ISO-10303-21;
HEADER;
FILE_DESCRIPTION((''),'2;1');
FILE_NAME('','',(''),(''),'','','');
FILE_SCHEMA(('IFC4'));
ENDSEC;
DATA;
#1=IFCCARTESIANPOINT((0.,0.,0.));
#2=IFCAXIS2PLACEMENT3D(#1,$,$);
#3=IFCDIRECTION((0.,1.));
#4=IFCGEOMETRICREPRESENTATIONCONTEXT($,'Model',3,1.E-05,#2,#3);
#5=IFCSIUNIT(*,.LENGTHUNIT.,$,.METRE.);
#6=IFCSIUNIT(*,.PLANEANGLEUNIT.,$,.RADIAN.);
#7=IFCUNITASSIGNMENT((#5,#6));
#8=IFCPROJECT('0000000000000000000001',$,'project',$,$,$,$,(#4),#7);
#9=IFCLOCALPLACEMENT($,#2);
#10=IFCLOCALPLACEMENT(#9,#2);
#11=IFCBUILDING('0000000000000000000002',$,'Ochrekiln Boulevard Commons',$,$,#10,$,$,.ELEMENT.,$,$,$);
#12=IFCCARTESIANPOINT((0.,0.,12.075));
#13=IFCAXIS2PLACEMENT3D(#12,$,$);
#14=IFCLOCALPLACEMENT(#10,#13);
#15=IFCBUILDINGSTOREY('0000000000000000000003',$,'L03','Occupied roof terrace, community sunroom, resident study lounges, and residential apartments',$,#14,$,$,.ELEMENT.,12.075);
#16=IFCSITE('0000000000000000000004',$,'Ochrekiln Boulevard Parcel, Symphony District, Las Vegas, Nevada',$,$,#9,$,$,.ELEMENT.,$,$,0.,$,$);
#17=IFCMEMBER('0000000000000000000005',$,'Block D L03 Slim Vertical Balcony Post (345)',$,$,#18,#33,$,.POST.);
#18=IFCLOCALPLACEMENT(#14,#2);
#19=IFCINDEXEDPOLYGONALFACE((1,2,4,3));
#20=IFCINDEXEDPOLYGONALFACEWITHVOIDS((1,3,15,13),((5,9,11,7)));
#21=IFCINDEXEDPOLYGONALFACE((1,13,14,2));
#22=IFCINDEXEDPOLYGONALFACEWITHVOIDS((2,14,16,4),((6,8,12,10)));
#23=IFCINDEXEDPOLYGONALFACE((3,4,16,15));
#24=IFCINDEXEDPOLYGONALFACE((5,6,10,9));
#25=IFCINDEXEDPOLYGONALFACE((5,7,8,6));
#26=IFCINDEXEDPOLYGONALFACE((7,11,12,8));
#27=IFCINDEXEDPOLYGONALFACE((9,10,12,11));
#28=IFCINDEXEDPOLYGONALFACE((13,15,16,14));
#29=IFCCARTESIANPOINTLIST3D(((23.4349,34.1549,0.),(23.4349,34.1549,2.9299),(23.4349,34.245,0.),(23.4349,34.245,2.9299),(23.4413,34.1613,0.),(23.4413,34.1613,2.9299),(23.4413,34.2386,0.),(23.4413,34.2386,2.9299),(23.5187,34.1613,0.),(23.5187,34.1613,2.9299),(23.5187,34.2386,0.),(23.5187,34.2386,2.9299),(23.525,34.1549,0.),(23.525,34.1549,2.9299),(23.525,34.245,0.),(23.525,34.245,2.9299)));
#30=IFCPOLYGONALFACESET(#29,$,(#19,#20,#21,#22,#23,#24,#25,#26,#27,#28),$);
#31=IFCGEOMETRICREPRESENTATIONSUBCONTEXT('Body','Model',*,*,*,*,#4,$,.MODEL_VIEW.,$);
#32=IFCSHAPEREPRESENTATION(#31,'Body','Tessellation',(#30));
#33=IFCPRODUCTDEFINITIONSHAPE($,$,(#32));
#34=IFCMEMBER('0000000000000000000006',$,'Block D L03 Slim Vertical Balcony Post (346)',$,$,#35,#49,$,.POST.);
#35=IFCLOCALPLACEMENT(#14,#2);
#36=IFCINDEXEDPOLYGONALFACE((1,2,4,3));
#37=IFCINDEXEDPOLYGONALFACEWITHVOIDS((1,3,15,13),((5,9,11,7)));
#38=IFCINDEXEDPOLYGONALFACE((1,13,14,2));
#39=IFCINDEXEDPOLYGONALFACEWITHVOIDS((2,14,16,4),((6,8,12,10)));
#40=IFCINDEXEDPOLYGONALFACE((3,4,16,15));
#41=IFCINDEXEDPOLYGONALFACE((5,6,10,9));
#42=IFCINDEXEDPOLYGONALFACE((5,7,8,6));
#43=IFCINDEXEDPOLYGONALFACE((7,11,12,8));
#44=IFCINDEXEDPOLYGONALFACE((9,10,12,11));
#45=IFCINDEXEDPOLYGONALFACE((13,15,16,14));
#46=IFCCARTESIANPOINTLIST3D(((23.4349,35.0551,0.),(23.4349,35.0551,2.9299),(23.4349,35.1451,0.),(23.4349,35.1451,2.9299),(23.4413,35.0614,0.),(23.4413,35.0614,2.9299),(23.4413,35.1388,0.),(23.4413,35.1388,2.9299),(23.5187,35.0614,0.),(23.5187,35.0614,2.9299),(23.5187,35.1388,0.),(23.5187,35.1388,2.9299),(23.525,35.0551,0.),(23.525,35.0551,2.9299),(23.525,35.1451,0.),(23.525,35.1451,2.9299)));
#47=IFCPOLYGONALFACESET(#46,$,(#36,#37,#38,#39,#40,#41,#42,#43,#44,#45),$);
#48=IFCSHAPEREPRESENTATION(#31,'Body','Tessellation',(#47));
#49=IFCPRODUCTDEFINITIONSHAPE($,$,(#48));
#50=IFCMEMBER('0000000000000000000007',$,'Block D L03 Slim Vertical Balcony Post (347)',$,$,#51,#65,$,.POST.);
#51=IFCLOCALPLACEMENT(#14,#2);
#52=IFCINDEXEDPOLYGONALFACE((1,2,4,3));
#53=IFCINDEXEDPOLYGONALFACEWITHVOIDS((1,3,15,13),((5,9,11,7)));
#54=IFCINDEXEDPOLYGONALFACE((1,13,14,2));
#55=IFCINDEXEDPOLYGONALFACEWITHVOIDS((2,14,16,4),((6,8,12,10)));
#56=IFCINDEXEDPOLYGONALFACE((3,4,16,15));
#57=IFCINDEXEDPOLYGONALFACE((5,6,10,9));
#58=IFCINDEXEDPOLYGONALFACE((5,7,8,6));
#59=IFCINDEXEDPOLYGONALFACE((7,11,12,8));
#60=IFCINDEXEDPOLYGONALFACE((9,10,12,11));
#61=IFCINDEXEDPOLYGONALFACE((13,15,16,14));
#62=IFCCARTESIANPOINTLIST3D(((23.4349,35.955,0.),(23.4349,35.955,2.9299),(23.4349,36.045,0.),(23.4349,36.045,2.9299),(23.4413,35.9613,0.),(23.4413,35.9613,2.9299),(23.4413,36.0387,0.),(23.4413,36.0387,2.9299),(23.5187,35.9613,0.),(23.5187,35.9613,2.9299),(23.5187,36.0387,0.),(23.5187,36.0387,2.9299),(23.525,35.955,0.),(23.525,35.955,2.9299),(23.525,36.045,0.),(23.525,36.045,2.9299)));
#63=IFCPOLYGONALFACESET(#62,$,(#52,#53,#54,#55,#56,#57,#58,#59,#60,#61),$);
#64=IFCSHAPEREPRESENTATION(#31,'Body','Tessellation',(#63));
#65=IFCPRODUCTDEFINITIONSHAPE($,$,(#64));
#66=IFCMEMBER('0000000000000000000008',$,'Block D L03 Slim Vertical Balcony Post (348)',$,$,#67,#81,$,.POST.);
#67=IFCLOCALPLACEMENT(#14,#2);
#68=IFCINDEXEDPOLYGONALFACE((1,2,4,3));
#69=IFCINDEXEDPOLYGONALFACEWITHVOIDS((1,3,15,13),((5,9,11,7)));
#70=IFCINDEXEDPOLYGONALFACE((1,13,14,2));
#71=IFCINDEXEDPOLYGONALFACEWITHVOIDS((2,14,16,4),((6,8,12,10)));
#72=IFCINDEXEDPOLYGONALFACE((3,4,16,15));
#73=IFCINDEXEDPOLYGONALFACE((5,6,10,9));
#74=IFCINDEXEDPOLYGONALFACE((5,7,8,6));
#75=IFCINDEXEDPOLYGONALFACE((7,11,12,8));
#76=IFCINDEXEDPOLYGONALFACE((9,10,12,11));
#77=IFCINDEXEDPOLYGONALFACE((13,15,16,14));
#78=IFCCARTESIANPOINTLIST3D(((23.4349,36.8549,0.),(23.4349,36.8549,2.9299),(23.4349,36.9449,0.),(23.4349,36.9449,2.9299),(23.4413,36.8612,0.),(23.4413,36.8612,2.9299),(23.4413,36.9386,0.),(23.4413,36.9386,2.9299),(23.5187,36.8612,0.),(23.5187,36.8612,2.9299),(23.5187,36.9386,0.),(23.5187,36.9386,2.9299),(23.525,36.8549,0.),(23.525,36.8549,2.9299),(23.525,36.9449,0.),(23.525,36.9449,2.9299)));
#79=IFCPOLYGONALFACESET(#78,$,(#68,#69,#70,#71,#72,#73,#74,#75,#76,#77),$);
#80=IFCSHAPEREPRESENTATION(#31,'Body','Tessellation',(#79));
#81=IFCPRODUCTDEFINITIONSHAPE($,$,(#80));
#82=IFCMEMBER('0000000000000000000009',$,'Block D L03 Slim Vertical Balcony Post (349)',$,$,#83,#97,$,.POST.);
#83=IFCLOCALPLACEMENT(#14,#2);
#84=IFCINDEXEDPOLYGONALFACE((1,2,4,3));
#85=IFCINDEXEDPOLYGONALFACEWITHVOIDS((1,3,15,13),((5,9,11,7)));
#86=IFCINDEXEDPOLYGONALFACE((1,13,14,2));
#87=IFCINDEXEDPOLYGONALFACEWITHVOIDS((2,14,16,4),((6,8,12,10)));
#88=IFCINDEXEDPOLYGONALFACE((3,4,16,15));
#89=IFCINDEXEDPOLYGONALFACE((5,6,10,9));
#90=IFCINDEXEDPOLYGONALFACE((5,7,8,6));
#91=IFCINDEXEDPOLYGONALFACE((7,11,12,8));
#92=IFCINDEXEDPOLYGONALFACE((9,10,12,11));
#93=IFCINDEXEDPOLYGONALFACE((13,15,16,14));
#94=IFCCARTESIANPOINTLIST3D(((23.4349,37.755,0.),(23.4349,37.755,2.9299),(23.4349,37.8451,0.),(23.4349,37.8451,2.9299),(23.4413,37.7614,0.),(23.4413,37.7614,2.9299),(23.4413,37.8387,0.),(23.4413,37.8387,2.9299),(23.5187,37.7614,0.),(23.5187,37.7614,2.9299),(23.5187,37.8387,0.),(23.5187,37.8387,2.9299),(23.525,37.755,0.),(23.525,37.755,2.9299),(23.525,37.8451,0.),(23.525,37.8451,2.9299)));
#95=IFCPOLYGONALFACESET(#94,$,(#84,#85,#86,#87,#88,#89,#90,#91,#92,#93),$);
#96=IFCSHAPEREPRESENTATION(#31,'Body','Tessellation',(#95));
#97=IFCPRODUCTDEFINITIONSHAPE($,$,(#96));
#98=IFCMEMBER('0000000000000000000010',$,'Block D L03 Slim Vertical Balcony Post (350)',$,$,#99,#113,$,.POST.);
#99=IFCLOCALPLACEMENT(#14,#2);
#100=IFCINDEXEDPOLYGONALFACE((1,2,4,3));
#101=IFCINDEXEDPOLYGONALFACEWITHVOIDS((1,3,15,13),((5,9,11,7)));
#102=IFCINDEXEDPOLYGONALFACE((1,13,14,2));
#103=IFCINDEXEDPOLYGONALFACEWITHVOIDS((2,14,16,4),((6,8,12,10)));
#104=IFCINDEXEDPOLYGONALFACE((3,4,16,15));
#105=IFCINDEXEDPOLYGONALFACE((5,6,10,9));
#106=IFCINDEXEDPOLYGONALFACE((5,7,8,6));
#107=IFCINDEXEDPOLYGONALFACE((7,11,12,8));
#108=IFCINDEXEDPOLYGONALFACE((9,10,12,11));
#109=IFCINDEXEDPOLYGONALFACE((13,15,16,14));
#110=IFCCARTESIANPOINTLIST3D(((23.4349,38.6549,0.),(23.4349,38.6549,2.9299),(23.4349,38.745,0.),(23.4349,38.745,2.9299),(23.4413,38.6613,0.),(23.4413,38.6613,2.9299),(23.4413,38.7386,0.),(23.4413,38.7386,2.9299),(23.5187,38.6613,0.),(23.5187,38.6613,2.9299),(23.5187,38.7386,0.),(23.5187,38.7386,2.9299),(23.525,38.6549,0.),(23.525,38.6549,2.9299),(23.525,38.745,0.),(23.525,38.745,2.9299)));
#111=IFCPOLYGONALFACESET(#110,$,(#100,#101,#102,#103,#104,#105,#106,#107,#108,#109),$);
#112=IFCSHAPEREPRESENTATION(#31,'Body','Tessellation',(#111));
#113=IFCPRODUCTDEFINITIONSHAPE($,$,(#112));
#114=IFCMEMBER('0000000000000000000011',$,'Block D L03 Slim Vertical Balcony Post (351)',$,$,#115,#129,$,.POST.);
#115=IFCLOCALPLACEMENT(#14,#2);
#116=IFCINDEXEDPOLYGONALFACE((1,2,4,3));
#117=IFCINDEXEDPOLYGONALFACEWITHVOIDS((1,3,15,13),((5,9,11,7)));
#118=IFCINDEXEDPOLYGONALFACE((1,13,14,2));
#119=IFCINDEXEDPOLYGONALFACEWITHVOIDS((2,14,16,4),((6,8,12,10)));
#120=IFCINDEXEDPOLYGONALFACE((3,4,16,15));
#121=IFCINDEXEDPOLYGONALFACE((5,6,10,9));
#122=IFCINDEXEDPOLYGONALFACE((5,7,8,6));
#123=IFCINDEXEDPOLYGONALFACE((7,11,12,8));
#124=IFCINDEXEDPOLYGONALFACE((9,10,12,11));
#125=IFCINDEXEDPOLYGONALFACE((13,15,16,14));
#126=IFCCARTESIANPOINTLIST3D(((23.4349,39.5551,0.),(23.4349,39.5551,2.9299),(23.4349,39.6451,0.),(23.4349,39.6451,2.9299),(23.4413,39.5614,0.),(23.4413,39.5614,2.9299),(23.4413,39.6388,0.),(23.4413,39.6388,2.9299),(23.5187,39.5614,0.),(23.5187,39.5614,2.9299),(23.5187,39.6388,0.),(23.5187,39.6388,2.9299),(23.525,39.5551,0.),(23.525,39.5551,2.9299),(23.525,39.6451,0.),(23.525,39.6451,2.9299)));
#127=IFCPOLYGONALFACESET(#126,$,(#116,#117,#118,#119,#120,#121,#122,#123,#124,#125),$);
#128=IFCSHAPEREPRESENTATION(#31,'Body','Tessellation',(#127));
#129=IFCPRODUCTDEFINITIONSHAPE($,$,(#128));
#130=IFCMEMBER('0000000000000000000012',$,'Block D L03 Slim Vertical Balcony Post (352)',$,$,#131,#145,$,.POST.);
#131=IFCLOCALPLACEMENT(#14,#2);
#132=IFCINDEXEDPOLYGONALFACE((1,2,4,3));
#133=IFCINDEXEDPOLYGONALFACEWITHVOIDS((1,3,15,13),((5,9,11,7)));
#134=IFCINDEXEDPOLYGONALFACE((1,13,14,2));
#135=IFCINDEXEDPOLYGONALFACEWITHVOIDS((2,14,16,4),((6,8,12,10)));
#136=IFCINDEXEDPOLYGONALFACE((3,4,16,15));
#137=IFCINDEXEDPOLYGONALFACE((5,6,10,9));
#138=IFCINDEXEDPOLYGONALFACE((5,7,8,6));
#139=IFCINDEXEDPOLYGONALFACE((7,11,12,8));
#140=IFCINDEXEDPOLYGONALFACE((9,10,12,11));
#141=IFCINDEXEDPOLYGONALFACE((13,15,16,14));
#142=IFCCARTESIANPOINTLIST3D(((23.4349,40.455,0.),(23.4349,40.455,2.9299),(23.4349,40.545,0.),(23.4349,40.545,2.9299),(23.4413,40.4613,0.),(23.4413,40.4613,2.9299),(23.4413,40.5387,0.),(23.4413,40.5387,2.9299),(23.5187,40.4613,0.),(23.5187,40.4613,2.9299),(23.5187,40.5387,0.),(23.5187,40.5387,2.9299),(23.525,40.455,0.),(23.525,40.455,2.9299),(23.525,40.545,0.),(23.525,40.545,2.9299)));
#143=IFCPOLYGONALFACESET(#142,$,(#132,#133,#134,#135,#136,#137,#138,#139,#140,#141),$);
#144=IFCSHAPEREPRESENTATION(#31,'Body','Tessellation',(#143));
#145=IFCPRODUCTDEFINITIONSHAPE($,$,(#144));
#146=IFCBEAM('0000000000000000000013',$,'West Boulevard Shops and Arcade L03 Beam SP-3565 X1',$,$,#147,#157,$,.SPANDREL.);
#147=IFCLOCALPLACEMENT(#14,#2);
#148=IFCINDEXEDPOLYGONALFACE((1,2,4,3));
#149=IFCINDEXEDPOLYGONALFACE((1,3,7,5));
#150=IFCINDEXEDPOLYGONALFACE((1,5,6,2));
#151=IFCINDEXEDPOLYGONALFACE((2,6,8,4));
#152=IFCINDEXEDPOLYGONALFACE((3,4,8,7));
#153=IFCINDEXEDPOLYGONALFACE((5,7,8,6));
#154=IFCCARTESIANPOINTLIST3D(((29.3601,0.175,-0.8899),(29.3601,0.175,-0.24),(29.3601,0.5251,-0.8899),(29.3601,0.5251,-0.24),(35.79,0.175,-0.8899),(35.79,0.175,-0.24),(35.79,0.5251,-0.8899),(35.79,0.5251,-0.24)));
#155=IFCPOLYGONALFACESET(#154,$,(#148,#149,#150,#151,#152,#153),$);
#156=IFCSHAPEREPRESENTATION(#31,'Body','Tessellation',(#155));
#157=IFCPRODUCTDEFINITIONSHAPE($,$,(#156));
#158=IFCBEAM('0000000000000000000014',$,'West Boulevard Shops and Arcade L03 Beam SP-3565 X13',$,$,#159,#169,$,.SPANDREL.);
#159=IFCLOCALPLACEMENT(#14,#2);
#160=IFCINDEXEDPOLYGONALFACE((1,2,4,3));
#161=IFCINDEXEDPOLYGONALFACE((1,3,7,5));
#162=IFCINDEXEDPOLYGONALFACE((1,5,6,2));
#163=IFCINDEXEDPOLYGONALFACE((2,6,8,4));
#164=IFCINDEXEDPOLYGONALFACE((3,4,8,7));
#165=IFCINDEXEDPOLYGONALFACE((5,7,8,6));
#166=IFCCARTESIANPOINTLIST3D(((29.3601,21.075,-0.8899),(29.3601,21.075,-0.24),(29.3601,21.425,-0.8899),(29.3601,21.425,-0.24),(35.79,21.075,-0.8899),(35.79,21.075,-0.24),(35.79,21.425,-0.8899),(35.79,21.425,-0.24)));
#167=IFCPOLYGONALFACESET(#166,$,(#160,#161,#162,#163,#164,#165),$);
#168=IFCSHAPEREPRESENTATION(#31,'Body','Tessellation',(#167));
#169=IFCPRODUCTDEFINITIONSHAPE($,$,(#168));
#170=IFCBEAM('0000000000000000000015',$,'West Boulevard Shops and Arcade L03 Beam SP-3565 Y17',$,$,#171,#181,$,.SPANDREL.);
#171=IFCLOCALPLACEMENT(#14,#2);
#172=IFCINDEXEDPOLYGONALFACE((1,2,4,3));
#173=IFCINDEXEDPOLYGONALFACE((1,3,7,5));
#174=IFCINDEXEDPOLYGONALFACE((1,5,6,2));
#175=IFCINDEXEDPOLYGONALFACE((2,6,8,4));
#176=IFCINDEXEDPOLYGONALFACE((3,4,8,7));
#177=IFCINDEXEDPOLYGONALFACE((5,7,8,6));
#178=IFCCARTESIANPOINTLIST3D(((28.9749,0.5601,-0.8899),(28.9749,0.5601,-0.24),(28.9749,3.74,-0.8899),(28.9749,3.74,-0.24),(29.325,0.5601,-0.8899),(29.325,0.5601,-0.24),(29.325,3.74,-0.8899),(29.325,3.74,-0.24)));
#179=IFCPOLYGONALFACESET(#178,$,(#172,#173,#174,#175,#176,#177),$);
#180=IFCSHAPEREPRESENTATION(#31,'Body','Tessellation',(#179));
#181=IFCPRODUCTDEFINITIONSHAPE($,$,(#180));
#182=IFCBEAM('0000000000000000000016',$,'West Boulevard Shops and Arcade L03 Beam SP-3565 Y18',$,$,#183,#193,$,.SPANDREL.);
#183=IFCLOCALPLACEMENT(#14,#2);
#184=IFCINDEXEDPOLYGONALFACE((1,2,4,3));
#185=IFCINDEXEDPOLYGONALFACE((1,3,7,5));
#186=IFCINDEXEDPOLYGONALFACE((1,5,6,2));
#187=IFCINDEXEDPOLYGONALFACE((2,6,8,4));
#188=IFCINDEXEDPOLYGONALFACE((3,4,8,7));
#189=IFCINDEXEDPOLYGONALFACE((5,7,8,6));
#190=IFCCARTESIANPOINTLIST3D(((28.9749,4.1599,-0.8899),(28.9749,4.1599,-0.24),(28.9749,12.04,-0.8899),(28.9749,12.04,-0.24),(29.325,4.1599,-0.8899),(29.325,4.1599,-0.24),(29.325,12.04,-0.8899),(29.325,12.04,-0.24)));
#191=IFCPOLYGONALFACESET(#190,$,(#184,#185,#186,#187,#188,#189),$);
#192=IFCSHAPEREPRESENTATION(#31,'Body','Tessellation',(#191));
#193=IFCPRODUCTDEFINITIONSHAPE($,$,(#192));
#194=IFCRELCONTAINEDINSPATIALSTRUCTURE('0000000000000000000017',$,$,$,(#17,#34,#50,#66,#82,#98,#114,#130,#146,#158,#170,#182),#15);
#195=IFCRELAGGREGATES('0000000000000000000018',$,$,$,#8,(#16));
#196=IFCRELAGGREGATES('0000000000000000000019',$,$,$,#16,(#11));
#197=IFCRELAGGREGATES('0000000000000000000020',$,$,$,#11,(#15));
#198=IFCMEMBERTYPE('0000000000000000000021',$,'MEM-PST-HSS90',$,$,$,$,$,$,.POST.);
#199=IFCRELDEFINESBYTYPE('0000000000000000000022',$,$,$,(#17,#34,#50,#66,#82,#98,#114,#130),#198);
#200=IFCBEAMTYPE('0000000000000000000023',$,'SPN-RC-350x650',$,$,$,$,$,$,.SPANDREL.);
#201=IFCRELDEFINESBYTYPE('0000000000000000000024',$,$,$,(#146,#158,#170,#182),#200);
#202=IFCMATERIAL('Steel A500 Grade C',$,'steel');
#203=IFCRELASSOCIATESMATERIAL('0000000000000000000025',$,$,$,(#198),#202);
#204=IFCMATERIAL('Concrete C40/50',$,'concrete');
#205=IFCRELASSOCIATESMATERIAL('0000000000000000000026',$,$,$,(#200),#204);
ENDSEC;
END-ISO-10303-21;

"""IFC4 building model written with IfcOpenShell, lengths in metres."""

from ifc_helpers import new_model, si_unit, direction, frame, origin, origin_2d, place, context, subcontext, project, spatial, rectangle, hollow_rectangle, extrude, material, material_profile, profile_set, type_object, element, save


model = new_model("IFC4")

# Units and contexts
model_context = context("Model", 3, precision=1e-05, world=origin(), true_north=direction((0.0, 1.0)))
body_context = subcontext(model_context, "Body", "Model", "MODEL_VIEW")
ifc_project = project(units=[si_unit("LENGTHUNIT", "METRE"), si_unit("PLANEANGLEUNIT", "RADIAN")], contexts=[model_context])

# Site, building, storey
site_placement = place(None, origin())
site = spatial("IfcSite", under=ifc_project, at=site_placement, Name="Ochrekiln Boulevard Parcel, Symphony District, Las Vegas, Nevada", CompositionType="ELEMENT", RefElevation=0.0)
building_placement = place(site_placement, origin())
building = spatial("IfcBuilding", under=site, at=building_placement, Name="Ochrekiln Boulevard Commons", CompositionType="ELEMENT")
storey_placement = place(building_placement, frame((0.0, 0.0, 12.075)))
storey = spatial("IfcBuildingStorey", under=building, at=storey_placement, Name="L03", Description="Occupied roof terrace, community sunroom, resident study lounges, and residential apartments", CompositionType="ELEMENT", Elevation=12.075)

# Members
ifc_material_1 = material(Name="Steel A500 Grade C", Category="steel")
ifc_material_profile_1 = material_profile(ifc_material_1, hollow_rectangle(XDim=0.0901, YDim=0.0901, WallThickness=0.0063, at=origin_2d()), Name="HSS90X90X6.4")
ifc_profile_set_1 = profile_set([ifc_material_profile_1], Name="Steel A500 Grade C")
member_type = type_object("IfcMemberType", Name="MEM-PST-HSS90", PredefinedType="POST", material=ifc_profile_set_1)
for number, where, z_axis, x_axis, name in (
    (1, (23.48, 34.2, 0.0), (0.0, 0.0, 1.0), (1.0, 0.0, 0.0), "Block D L03 Slim Vertical Balcony Post (345)"),
    (2, (23.48, 35.1001, 0.0), (0.0, 0.0, 1.0), (1.0, 0.0, 0.0), "Block D L03 Slim Vertical Balcony Post (346)"),
    (3, (23.48, 36.0, 0.0), (0.0, 0.0, 1.0), (1.0, 0.0, 0.0), "Block D L03 Slim Vertical Balcony Post (347)"),
    (4, (23.48, 36.8999, 0.0), (0.0, 0.0, 1.0), (1.0, 0.0, 0.0), "Block D L03 Slim Vertical Balcony Post (348)"),
    (5, (23.48, 37.8, 0.0), (0.0, 0.0, 1.0), (1.0, 0.0, 0.0), "Block D L03 Slim Vertical Balcony Post (349)"),
    (6, (23.48, 38.7, 0.0), (0.0, 0.0, 1.0), (1.0, 0.0, 0.0), "Block D L03 Slim Vertical Balcony Post (350)"),
    (7, (23.48, 39.6001, 0.0), (0.0, 0.0, 1.0), (1.0, 0.0, 0.0), "Block D L03 Slim Vertical Balcony Post (351)"),
    (8, (23.48, 40.5, 0.0), (0.0, 0.0, 1.0), (1.0, 0.0, 0.0), "Block D L03 Slim Vertical Balcony Post (352)"),
):
    element("IfcMember", number, at=place(storey_placement, frame(where, z_axis=z_axis, x_axis=x_axis)), inside=storey, type_object=member_type, Name=name, PredefinedType="POST", context=body_context, shape_type="SweptSolid", body=[
        extrude(hollow_rectangle(XDim=0.0901, YDim=0.0901, WallThickness=0.0063, at=origin_2d()), origin(), (0.0, 0.0, 1.0), 2.9299),
    ])

# Beams
ifc_material_2 = material(Name="Concrete C40/50", Category="concrete")
ifc_material_profile_2 = material_profile(ifc_material_2, rectangle(XDim=0.3501, YDim=0.6499, at=origin_2d()), Name="RC-SPN-350x650")
ifc_profile_set_2 = profile_set([ifc_material_profile_2], Name="Concrete C40/50")
beam_type_1 = type_object("IfcBeamType", Name="SPN-RC-350x650", PredefinedType="SPANDREL", material=ifc_profile_set_2)
for number, where, z_axis, x_axis, name in (
    (9, (29.3601, 0.3501, -0.5649), (1.0, 0.0, 0.0), (0.0, 1.0, 0.0), "West Boulevard Shops and Arcade L03 Beam SP-3565 X1"),
    (10, (29.3601, 21.25, -0.5649), (1.0, 0.0, 0.0), (0.0, 1.0, 0.0), "West Boulevard Shops and Arcade L03 Beam SP-3565 X13"),
):
    element("IfcBeam", number, at=place(storey_placement, frame(where, z_axis=z_axis, x_axis=x_axis)), inside=storey, type_object=beam_type_1, Name=name, PredefinedType="SPANDREL", context=body_context, shape_type="SweptSolid", body=[
        extrude(rectangle(XDim=0.3501, YDim=0.6499, at=origin_2d()), origin(), (0.0, 0.0, 1.0), 6.4299),
    ])
beam_1_placement = place(storey_placement, frame((29.1499, 0.5601, -0.5649), z_axis=(0.0, 1.0, 0.0), x_axis=(-1.0, 0.0, 0.0)))
element("IfcBeam", 11, at=beam_1_placement, inside=storey, type_object=beam_type_1, Name="West Boulevard Shops and Arcade L03 Beam SP-3565 Y17", PredefinedType="SPANDREL", context=body_context, shape_type="SweptSolid", body=[
    extrude(rectangle(XDim=0.3501, YDim=0.6499, at=origin_2d()), origin(), (0.0, 0.0, 1.0), 3.1799),
])
beam_2_placement = place(storey_placement, frame((29.1499, 4.1599, -0.5649), z_axis=(0.0, 1.0, 0.0), x_axis=(-1.0, 0.0, 0.0)))
element("IfcBeam", 12, at=beam_2_placement, inside=storey, type_object=beam_type_1, Name="West Boulevard Shops and Arcade L03 Beam SP-3565 Y18", PredefinedType="SPANDREL", context=body_context, shape_type="SweptSolid", body=[
    extrude(rectangle(XDim=0.3501, YDim=0.6499, at=origin_2d()), origin(), (0.0, 0.0, 1.0), 7.8801),
])

save(model, "model.ifc")
